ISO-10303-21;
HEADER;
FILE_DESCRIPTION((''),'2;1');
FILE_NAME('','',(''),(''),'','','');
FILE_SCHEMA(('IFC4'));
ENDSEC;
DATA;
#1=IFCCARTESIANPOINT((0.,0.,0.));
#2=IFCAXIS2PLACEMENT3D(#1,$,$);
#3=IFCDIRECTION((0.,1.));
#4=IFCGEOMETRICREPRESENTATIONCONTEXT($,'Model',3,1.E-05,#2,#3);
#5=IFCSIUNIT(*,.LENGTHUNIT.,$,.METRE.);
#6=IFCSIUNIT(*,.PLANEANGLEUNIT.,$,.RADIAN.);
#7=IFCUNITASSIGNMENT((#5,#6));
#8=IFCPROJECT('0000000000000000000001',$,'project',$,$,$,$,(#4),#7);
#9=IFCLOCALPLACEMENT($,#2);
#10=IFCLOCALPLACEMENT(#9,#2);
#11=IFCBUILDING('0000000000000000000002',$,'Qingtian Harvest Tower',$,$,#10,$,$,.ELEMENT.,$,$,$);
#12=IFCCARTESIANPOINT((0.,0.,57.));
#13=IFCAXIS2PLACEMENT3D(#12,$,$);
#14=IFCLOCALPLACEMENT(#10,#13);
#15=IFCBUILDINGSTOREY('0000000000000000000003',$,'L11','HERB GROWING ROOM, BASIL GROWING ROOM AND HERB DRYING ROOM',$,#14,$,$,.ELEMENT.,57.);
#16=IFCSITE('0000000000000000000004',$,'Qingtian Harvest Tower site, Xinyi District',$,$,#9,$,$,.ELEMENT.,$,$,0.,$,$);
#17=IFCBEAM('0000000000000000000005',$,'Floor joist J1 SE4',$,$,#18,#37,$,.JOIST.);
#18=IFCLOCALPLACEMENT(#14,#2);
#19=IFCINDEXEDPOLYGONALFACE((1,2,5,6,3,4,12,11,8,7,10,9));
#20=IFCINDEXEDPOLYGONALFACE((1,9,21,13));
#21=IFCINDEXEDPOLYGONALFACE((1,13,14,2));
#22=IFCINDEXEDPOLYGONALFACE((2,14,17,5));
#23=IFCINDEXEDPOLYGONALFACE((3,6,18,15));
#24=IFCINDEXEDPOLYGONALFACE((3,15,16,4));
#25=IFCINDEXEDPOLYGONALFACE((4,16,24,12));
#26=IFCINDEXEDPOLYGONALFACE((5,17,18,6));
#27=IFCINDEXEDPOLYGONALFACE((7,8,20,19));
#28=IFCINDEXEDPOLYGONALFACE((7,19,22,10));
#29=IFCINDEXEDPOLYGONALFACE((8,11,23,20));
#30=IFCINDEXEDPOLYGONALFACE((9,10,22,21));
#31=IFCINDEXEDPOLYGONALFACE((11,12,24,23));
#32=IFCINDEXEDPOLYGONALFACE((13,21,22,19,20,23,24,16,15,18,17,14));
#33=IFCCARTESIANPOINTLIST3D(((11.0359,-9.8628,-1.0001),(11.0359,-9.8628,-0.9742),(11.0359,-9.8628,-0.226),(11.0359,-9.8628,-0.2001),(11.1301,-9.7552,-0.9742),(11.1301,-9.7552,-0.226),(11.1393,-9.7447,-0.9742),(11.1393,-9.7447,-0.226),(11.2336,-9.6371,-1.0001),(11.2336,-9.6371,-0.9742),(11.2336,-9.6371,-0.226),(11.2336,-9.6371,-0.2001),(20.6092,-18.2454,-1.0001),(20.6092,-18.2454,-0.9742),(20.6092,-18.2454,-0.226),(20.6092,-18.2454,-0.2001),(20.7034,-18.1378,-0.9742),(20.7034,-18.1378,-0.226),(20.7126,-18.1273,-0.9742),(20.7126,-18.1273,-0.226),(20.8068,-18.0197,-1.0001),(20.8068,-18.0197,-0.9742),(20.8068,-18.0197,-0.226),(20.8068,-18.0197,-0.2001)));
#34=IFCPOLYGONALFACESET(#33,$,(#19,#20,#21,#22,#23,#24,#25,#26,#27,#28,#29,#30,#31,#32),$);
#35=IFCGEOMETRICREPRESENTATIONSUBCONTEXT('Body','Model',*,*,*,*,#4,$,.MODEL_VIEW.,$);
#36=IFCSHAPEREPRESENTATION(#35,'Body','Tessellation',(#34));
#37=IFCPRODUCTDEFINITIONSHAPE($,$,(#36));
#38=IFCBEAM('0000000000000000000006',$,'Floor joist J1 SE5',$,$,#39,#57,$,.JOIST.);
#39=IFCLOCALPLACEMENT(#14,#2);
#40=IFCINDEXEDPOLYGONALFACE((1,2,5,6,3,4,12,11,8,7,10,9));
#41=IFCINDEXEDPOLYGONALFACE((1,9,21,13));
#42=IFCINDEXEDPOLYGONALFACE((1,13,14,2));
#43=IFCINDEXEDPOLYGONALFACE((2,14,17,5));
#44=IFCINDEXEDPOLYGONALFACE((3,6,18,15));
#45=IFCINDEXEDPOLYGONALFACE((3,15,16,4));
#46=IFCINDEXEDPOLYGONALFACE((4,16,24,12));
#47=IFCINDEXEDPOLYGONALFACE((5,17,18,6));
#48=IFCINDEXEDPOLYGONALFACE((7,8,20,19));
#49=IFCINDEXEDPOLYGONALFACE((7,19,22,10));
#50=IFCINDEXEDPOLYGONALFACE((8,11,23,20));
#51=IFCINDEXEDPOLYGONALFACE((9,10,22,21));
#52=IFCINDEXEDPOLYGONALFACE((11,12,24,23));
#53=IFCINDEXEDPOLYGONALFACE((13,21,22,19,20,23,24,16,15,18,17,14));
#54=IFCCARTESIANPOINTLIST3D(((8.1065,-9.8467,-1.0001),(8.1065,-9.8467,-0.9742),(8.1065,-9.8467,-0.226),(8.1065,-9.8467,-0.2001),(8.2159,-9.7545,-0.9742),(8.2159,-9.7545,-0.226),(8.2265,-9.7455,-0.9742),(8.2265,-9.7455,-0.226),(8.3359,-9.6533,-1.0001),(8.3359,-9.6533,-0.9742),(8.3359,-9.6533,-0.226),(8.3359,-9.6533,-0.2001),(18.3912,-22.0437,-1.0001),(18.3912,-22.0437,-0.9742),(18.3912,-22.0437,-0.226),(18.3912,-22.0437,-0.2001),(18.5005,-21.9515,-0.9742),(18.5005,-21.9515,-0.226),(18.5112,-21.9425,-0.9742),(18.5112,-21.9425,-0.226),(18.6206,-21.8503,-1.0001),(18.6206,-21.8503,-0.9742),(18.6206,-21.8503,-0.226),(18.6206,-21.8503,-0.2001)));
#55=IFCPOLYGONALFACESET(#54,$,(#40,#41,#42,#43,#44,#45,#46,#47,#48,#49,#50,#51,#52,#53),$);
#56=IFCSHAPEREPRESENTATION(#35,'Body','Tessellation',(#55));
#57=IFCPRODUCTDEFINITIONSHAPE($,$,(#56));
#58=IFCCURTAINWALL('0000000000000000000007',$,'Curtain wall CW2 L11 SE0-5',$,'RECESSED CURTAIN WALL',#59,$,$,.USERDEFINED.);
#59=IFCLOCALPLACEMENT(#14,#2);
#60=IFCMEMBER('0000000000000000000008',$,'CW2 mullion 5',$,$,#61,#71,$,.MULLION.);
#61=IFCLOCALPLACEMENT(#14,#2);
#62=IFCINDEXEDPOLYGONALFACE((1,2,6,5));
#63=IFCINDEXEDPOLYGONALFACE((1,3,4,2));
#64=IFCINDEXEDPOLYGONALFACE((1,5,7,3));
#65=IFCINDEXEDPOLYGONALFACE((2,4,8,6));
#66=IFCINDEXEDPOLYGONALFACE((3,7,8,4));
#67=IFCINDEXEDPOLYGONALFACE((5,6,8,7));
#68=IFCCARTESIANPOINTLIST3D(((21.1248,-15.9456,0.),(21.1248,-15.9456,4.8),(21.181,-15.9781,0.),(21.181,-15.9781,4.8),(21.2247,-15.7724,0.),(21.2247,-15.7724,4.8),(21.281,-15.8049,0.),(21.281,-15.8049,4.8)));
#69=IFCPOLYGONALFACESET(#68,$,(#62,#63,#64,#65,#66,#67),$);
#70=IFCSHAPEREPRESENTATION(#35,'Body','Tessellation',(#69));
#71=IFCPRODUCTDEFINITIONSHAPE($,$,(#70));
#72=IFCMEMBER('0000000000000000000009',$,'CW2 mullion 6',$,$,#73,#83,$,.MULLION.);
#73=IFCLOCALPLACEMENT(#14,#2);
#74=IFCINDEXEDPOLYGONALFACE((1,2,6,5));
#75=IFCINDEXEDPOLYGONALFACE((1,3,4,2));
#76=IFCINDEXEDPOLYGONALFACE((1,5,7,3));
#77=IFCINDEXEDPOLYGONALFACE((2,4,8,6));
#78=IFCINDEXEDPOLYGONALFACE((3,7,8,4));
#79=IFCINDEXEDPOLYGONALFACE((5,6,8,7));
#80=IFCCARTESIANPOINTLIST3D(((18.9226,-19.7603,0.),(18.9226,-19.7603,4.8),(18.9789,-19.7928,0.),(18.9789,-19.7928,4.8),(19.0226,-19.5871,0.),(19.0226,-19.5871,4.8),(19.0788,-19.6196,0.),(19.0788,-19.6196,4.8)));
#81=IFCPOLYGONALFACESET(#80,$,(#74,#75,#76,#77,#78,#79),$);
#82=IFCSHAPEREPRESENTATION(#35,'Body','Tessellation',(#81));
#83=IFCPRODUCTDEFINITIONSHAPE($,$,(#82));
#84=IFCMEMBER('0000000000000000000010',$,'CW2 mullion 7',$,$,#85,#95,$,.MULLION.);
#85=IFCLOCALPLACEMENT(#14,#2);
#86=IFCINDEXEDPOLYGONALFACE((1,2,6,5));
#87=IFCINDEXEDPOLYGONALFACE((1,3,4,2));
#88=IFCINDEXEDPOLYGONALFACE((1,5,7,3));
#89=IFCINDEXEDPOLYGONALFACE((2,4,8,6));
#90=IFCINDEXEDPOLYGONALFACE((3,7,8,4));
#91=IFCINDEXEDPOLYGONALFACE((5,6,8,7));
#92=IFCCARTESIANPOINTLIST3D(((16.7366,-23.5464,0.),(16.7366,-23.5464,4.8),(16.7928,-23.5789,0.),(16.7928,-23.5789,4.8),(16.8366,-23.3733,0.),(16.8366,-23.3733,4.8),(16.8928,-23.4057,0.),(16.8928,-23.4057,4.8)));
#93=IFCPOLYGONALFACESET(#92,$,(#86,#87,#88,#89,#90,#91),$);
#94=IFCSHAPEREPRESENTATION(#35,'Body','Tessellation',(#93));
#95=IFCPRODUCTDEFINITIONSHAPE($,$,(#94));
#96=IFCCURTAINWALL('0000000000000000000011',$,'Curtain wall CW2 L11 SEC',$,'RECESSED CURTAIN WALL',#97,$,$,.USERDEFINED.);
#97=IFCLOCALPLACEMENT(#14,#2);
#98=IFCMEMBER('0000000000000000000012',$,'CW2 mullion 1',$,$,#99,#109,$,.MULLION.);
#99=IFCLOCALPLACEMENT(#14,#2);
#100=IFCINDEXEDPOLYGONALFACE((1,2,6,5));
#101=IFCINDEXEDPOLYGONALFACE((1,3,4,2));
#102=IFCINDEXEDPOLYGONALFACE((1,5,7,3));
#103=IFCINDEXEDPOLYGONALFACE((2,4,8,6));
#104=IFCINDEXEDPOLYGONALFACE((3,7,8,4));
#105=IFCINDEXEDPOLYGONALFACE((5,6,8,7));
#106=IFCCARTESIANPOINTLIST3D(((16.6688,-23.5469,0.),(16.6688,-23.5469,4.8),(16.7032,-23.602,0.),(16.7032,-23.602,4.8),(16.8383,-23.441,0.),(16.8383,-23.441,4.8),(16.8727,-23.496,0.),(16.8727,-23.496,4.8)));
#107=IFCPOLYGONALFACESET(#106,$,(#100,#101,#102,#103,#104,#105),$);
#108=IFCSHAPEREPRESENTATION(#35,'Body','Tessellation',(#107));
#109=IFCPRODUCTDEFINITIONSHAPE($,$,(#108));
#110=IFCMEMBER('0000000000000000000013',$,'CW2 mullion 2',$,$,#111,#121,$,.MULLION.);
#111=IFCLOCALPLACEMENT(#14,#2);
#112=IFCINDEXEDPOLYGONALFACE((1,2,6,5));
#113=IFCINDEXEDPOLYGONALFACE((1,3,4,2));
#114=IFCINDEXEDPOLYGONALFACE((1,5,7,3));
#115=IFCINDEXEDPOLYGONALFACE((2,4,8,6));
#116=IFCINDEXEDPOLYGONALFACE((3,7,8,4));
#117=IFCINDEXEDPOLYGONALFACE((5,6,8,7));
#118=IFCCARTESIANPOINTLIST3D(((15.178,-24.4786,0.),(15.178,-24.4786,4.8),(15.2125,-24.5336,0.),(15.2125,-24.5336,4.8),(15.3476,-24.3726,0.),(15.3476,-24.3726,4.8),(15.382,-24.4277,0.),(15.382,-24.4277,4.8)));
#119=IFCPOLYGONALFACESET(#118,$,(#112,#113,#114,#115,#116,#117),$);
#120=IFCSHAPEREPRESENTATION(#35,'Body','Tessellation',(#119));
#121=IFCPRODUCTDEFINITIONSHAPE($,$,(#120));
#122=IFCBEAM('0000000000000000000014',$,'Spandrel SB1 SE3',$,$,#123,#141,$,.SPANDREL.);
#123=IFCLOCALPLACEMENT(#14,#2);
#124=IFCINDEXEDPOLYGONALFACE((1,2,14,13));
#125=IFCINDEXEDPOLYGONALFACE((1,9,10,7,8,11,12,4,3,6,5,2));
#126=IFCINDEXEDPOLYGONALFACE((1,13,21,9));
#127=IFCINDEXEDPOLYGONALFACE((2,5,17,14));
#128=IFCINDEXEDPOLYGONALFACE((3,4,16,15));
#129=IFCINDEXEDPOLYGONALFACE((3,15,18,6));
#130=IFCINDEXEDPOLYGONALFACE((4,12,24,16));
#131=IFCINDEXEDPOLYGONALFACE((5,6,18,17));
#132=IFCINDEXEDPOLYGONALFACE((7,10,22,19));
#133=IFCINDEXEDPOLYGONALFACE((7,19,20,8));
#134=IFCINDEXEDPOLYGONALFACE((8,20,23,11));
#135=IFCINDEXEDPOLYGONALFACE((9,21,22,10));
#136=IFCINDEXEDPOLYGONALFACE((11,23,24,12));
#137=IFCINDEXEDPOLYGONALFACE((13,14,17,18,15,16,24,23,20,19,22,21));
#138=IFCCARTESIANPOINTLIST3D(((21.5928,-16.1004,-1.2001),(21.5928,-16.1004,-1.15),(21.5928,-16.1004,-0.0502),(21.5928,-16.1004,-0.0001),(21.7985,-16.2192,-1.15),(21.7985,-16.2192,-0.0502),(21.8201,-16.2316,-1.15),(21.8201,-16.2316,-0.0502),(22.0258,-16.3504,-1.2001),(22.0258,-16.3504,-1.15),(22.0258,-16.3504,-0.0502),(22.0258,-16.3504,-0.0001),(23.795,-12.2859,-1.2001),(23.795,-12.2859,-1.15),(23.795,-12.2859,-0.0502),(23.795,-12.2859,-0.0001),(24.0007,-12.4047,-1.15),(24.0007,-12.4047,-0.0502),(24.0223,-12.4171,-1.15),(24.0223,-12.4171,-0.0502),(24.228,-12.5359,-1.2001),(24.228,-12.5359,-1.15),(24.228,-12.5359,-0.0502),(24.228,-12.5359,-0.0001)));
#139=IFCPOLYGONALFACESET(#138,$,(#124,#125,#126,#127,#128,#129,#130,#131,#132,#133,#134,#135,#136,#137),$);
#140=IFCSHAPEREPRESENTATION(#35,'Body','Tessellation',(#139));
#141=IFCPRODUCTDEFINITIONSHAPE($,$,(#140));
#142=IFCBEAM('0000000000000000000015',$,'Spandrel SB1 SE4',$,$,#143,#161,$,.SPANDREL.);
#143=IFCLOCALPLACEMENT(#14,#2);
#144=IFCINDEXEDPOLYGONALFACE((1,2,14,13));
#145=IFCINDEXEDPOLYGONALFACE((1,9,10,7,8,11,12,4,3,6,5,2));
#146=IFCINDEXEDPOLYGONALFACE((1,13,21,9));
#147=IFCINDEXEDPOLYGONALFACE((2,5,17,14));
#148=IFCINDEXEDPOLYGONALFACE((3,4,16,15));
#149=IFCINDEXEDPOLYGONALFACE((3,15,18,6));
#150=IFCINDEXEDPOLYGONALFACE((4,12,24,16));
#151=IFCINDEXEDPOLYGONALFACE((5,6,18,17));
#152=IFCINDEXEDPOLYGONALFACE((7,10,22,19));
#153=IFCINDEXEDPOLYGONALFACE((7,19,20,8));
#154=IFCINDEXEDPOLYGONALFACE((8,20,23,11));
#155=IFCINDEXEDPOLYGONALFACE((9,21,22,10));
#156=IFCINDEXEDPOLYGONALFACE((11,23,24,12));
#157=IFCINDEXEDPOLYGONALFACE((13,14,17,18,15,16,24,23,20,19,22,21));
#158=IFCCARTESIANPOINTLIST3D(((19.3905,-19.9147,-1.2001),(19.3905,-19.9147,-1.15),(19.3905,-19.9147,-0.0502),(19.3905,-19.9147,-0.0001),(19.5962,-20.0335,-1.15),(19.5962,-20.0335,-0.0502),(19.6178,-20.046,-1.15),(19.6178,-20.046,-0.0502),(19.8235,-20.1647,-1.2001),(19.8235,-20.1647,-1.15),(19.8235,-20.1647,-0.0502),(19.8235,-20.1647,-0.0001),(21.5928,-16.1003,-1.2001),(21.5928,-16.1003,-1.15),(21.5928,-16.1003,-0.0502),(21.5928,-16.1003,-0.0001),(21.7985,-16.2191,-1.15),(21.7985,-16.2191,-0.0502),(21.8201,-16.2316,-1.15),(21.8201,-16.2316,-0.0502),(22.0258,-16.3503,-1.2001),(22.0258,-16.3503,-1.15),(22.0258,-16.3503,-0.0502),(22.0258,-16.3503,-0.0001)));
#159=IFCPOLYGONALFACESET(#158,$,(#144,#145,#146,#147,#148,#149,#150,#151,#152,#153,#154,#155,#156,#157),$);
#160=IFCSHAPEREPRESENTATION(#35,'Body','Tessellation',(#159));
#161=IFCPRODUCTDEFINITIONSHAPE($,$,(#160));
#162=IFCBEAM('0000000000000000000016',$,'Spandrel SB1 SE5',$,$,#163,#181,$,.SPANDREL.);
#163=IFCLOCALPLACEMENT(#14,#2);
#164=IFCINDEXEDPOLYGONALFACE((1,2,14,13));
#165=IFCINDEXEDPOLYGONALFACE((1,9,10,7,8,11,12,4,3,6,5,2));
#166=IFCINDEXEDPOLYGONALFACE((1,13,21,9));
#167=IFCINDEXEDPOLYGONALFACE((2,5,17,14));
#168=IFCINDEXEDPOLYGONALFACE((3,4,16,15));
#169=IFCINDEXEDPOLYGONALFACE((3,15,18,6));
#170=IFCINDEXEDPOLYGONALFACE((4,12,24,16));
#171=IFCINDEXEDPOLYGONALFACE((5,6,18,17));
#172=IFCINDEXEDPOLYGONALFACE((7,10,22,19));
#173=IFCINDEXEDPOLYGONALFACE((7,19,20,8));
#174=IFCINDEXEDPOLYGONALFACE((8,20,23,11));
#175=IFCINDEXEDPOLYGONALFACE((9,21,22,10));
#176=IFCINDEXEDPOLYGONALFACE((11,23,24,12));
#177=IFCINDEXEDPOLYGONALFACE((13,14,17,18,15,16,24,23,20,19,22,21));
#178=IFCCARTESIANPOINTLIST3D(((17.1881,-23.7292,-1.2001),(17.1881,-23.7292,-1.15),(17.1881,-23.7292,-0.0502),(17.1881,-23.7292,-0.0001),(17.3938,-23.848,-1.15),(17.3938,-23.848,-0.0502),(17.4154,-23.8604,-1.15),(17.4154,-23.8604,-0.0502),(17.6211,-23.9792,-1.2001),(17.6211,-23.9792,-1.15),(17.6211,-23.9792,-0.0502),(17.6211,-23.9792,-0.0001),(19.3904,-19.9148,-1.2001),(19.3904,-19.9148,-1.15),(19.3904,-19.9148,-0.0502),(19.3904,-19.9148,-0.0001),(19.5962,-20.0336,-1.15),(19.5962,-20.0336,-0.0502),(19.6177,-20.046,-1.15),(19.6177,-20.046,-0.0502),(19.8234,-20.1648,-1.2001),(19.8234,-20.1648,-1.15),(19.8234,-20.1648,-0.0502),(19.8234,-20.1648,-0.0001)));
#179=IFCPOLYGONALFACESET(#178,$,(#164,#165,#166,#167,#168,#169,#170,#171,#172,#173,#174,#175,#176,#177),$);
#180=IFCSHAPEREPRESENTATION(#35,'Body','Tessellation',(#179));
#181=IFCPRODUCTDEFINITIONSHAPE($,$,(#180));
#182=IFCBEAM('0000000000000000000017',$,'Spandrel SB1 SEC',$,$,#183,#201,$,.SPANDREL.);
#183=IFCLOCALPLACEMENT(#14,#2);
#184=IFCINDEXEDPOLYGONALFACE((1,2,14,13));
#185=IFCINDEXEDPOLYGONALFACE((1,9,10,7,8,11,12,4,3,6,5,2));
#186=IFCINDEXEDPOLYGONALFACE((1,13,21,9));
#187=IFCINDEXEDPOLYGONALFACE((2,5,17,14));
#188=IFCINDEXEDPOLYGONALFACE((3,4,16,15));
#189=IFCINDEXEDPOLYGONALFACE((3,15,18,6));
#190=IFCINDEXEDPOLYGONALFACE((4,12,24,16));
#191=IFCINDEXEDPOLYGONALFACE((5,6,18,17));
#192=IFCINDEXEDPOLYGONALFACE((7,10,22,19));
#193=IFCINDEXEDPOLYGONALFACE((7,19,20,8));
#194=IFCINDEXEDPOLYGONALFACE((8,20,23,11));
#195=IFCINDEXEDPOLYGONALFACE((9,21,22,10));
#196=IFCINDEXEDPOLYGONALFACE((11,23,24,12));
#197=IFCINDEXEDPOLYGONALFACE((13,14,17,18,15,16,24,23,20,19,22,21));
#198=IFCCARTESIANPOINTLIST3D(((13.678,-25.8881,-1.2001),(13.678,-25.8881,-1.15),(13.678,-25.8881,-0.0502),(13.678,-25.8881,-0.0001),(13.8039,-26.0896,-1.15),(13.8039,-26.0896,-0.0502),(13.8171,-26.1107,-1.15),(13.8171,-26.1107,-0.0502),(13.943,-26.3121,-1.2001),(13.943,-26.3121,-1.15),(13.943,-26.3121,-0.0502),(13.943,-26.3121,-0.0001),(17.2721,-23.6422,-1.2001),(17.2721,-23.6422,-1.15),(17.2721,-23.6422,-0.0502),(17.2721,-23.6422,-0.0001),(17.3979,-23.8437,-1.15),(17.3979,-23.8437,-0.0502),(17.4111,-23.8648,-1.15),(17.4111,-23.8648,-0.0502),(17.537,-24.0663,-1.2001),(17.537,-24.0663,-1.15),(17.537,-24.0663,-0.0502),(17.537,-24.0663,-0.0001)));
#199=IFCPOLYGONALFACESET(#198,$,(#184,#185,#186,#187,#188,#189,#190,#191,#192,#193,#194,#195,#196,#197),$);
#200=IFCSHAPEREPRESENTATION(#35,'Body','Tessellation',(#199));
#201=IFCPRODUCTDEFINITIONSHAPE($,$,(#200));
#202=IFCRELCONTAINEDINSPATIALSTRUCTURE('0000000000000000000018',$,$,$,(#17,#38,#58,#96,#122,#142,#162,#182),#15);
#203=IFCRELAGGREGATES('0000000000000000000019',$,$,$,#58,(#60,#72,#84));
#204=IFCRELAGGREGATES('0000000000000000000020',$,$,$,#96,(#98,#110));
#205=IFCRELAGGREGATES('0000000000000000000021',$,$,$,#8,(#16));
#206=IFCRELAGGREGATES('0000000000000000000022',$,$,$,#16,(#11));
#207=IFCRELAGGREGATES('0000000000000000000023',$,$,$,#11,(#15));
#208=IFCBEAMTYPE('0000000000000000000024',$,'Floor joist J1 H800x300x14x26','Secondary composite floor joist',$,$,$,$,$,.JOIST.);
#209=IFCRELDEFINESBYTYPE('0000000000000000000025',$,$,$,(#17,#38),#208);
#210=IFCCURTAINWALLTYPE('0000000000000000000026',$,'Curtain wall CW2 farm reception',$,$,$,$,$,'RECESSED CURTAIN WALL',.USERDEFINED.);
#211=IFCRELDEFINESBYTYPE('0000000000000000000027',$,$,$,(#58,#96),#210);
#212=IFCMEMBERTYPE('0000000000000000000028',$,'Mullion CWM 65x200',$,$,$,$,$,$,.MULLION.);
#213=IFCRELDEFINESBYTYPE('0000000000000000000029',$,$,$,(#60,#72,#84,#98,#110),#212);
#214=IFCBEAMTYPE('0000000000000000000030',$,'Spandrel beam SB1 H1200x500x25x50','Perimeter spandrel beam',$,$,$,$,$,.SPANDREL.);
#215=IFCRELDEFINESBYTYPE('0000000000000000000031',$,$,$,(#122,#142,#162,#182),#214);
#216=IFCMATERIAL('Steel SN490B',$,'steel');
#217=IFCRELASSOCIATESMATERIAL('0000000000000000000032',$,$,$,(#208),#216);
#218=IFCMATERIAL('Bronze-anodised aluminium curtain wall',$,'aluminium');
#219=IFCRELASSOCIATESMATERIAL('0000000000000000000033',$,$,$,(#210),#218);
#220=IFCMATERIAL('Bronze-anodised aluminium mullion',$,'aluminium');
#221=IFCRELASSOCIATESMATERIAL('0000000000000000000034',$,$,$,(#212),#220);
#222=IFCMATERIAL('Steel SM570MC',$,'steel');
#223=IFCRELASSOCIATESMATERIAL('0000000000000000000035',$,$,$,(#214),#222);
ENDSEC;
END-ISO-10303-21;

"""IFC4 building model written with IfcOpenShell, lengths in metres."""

from ifc_helpers import new_model, si_unit, direction, frame, origin, origin_2d, place, context, subcontext, project, spatial, rectangle, i_section, extrude, material, material_profile, profile_set, type_object, element, aggregate, save


model = new_model("IFC4")

# Units and contexts
model_context = context("Model", 3, precision=1e-05, world=origin(), true_north=direction((0.0, 1.0)))
body_context = subcontext(model_context, "Body", "Model", "MODEL_VIEW")
ifc_project = project(units=[si_unit("LENGTHUNIT", "METRE"), si_unit("PLANEANGLEUNIT", "RADIAN")], contexts=[model_context])

# Site, building, storey
site_placement = place(None, origin())
site = spatial("IfcSite", under=ifc_project, at=site_placement, Name="Qingtian Harvest Tower site, Xinyi District", CompositionType="ELEMENT", RefElevation=0.0)
building_placement = place(site_placement, origin())
building = spatial("IfcBuilding", under=site, at=building_placement, Name="Qingtian Harvest Tower", CompositionType="ELEMENT")
storey_placement = place(building_placement, frame((0.0, 0.0, 57.0)))
storey = spatial("IfcBuildingStorey", under=building, at=storey_placement, Name="L11", Description="HERB GROWING ROOM, BASIL GROWING ROOM AND HERB DRYING ROOM", CompositionType="ELEMENT", Elevation=57.0)

# Beams
ifc_material_1 = material(Name="Steel SN490B", Category="steel")
ifc_material_profile_1 = material_profile(ifc_material_1, i_section(OverallWidth=0.3, OverallDepth=0.8, WebThickness=0.0139, FlangeThickness=0.0259, at=origin_2d()), Name="H800x300x14x26")
ifc_profile_set_1 = profile_set([ifc_material_profile_1], Name="Steel SN490B")
beam_type_1 = type_object("IfcBeamType", Name="Floor joist J1 H800x300x14x26", Description="Secondary composite floor joist", PredefinedType="JOIST", material=ifc_profile_set_1)
beam_1_placement = place(storey_placement, frame((20.708, -18.1326, -0.6001), z_axis=(-0.752344, 0.658771, 0.0), x_axis=(-0.658771, -0.752344, 0.0)))
element("IfcBeam", 1, at=beam_1_placement, inside=storey, type_object=beam_type_1, Name="Floor joist J1 SE4", PredefinedType="JOIST", context=body_context, shape_type="SweptSolid", body=[
    extrude(i_section(OverallWidth=0.3, OverallDepth=0.8, WebThickness=0.0139, FlangeThickness=0.0259, at=origin_2d()), origin(), (0.0, 0.0, 1.0), 12.7246),
])
beam_2_placement = place(storey_placement, frame((18.5059, -21.947, -0.6001), z_axis=(-0.64463, 0.764494, 0.0), x_axis=(-0.764494, -0.64463, 0.0)))
element("IfcBeam", 2, at=beam_2_placement, inside=storey, type_object=beam_type_1, Name="Floor joist J1 SE5", PredefinedType="JOIST", context=body_context, shape_type="SweptSolid", body=[
    extrude(i_section(OverallWidth=0.3, OverallDepth=0.8, WebThickness=0.0139, FlangeThickness=0.0259, at=origin_2d()), origin(), (0.0, 0.0, 1.0), 15.9543),
])

# Curtain walls, members
ifc_material_2 = material(Name="Bronze-anodised aluminium curtain wall", Category="aluminium")
curtain_wall_type = type_object("IfcCurtainWallType", Name="Curtain wall CW2 farm reception", ElementType="RECESSED CURTAIN WALL", PredefinedType="USERDEFINED", material=ifc_material_2)
curtain_wall_1_placement = place(storey_placement, origin())
curtain_wall_1 = element("IfcCurtainWall", 3, at=curtain_wall_1_placement, inside=storey, type_object=curtain_wall_type, Name="Curtain wall CW2 L11 SE0-5", ObjectType="RECESSED CURTAIN WALL", PredefinedType="USERDEFINED")
ifc_material_3 = material(Name="Bronze-anodised aluminium mullion", Category="aluminium")
ifc_material_profile_2 = material_profile(ifc_material_3, rectangle(XDim=0.0649, YDim=0.2, at=origin_2d()), Name="AL 65x200")
ifc_profile_set_2 = profile_set([ifc_material_profile_2], Name="Bronze-anodised aluminium mullion")
member_type_1 = type_object("IfcMemberType", Name="Mullion CWM 65x200", PredefinedType="MULLION", material=ifc_profile_set_2)
member_1_placement = place(storey_placement, frame((21.2029, -15.8752, 0.0), z_axis=(0.0, 0.0, 1.0), x_axis=(0.866025, -0.5, 0.0)))
member_1 = element("IfcMember", 4, at=member_1_placement, type_object=member_type_1, Name="CW2 mullion 5", PredefinedType="MULLION", context=body_context, shape_type="SweptSolid", body=[
    extrude(rectangle(XDim=0.0649, YDim=0.2, at=origin_2d()), origin(), (0.0, 0.0, 1.0), 4.8),
])
member_2_placement = place(storey_placement, frame((19.0007, -19.6899, 0.0), z_axis=(0.0, 0.0, 1.0), x_axis=(0.866025, -0.5, 0.0)))
member_2 = element("IfcMember", 5, at=member_2_placement, type_object=member_type_1, Name="CW2 mullion 6", PredefinedType="MULLION", context=body_context, shape_type="SweptSolid", body=[
    extrude(rectangle(XDim=0.0649, YDim=0.2, at=origin_2d()), origin(), (0.0, 0.0, 1.0), 4.8),
])
member_3_placement = place(storey_placement, frame((16.8147, -23.4761, 0.0), z_axis=(0.0, 0.0, 1.0), x_axis=(0.866025, -0.5, 0.0)))
member_3 = element("IfcMember", 6, at=member_3_placement, type_object=member_type_1, Name="CW2 mullion 7", PredefinedType="MULLION", context=body_context, shape_type="SweptSolid", body=[
    extrude(rectangle(XDim=0.0649, YDim=0.2, at=origin_2d()), origin(), (0.0, 0.0, 1.0), 4.8),
])
curtain_wall_2_placement = place(storey_placement, origin())
curtain_wall_2 = element("IfcCurtainWall", 7, at=curtain_wall_2_placement, inside=storey, type_object=curtain_wall_type, Name="Curtain wall CW2 L11 SEC", ObjectType="RECESSED CURTAIN WALL", PredefinedType="USERDEFINED")
member_4_placement = place(storey_placement, frame((16.7708, -23.5215, 0.0), z_axis=(0.0, 0.0, 1.0), x_axis=(0.529919, -0.848048, 0.0)))
member_4 = element("IfcMember", 8, at=member_4_placement, type_object=member_type_1, Name="CW2 mullion 1", PredefinedType="MULLION", context=body_context, shape_type="SweptSolid", body=[
    extrude(rectangle(XDim=0.0649, YDim=0.2, at=origin_2d()), origin(), (0.0, 0.0, 1.0), 4.8),
])
member_5_placement = place(storey_placement, frame((15.28, -24.4531, 0.0), z_axis=(0.0, 0.0, 1.0), x_axis=(0.529919, -0.848048, 0.0)))
member_5 = element("IfcMember", 9, at=member_5_placement, type_object=member_type_1, Name="CW2 mullion 2", PredefinedType="MULLION", context=body_context, shape_type="SweptSolid", body=[
    extrude(rectangle(XDim=0.0649, YDim=0.2, at=origin_2d()), origin(), (0.0, 0.0, 1.0), 4.8),
])

# Beams
ifc_material_4 = material(Name="Steel SM570MC", Category="steel")
ifc_material_profile_3 = material_profile(ifc_material_4, i_section(OverallWidth=0.5, OverallDepth=1.2, WebThickness=0.0249, FlangeThickness=0.05, at=origin_2d()), Name="H1200x500x25x50")
ifc_profile_set_3 = profile_set([ifc_material_profile_3], Name="Steel SM570MC")
beam_type_2 = type_object("IfcBeamType", Name="Spandrel beam SB1 H1200x500x25x50", Description="Perimeter spandrel beam", PredefinedType="SPANDREL", material=ifc_profile_set_3)
for number, where, z_axis, x_axis, name in (
    (10, (24.0115, -12.4109, -0.6001), (-0.499978, -0.866038, 0.0), (0.866038, -0.499978, 0.0), "Spandrel SB1 SE3"),
    (11, (21.8093, -16.2253, -0.6001), (-0.50002, -0.866014, 0.0), (0.866014, -0.50002, 0.0), "Spandrel SB1 SE4"),
    (12, (19.6069, -20.0398, -0.6001), (-0.50002, -0.866014, 0.0), (0.866014, -0.50002, 0.0), "Spandrel SB1 SE5"),
):
    element("IfcBeam", number, at=place(storey_placement, frame(where, z_axis=z_axis, x_axis=x_axis)), inside=storey, type_object=beam_type_2, Name=name, PredefinedType="SPANDREL", context=body_context, shape_type="SweptSolid", body=[
        extrude(i_section(OverallWidth=0.5, OverallDepth=1.2, WebThickness=0.0249, FlangeThickness=0.05, at=origin_2d()), origin(), (0.0, 0.0, 1.0), 4.4045),
    ])
beam_3_placement = place(storey_placement, frame((17.4045, -23.8542, -0.6001), z_axis=(-0.84804, -0.529932, 0.0), x_axis=(0.529932, -0.84804, 0.0)))
element("IfcBeam", 13, at=beam_3_placement, inside=storey, type_object=beam_type_2, Name="Spandrel SB1 SEC", PredefinedType="SPANDREL", context=body_context, shape_type="SweptSolid", body=[
    extrude(i_section(OverallWidth=0.5, OverallDepth=1.2, WebThickness=0.0249, FlangeThickness=0.05, at=origin_2d()), origin(), (0.0, 0.0, 1.0), 4.238),
])

aggregate(curtain_wall_1, [member_1, member_2, member_3])
aggregate(curtain_wall_2, [member_4, member_5])

save(model, "model.ifc")
